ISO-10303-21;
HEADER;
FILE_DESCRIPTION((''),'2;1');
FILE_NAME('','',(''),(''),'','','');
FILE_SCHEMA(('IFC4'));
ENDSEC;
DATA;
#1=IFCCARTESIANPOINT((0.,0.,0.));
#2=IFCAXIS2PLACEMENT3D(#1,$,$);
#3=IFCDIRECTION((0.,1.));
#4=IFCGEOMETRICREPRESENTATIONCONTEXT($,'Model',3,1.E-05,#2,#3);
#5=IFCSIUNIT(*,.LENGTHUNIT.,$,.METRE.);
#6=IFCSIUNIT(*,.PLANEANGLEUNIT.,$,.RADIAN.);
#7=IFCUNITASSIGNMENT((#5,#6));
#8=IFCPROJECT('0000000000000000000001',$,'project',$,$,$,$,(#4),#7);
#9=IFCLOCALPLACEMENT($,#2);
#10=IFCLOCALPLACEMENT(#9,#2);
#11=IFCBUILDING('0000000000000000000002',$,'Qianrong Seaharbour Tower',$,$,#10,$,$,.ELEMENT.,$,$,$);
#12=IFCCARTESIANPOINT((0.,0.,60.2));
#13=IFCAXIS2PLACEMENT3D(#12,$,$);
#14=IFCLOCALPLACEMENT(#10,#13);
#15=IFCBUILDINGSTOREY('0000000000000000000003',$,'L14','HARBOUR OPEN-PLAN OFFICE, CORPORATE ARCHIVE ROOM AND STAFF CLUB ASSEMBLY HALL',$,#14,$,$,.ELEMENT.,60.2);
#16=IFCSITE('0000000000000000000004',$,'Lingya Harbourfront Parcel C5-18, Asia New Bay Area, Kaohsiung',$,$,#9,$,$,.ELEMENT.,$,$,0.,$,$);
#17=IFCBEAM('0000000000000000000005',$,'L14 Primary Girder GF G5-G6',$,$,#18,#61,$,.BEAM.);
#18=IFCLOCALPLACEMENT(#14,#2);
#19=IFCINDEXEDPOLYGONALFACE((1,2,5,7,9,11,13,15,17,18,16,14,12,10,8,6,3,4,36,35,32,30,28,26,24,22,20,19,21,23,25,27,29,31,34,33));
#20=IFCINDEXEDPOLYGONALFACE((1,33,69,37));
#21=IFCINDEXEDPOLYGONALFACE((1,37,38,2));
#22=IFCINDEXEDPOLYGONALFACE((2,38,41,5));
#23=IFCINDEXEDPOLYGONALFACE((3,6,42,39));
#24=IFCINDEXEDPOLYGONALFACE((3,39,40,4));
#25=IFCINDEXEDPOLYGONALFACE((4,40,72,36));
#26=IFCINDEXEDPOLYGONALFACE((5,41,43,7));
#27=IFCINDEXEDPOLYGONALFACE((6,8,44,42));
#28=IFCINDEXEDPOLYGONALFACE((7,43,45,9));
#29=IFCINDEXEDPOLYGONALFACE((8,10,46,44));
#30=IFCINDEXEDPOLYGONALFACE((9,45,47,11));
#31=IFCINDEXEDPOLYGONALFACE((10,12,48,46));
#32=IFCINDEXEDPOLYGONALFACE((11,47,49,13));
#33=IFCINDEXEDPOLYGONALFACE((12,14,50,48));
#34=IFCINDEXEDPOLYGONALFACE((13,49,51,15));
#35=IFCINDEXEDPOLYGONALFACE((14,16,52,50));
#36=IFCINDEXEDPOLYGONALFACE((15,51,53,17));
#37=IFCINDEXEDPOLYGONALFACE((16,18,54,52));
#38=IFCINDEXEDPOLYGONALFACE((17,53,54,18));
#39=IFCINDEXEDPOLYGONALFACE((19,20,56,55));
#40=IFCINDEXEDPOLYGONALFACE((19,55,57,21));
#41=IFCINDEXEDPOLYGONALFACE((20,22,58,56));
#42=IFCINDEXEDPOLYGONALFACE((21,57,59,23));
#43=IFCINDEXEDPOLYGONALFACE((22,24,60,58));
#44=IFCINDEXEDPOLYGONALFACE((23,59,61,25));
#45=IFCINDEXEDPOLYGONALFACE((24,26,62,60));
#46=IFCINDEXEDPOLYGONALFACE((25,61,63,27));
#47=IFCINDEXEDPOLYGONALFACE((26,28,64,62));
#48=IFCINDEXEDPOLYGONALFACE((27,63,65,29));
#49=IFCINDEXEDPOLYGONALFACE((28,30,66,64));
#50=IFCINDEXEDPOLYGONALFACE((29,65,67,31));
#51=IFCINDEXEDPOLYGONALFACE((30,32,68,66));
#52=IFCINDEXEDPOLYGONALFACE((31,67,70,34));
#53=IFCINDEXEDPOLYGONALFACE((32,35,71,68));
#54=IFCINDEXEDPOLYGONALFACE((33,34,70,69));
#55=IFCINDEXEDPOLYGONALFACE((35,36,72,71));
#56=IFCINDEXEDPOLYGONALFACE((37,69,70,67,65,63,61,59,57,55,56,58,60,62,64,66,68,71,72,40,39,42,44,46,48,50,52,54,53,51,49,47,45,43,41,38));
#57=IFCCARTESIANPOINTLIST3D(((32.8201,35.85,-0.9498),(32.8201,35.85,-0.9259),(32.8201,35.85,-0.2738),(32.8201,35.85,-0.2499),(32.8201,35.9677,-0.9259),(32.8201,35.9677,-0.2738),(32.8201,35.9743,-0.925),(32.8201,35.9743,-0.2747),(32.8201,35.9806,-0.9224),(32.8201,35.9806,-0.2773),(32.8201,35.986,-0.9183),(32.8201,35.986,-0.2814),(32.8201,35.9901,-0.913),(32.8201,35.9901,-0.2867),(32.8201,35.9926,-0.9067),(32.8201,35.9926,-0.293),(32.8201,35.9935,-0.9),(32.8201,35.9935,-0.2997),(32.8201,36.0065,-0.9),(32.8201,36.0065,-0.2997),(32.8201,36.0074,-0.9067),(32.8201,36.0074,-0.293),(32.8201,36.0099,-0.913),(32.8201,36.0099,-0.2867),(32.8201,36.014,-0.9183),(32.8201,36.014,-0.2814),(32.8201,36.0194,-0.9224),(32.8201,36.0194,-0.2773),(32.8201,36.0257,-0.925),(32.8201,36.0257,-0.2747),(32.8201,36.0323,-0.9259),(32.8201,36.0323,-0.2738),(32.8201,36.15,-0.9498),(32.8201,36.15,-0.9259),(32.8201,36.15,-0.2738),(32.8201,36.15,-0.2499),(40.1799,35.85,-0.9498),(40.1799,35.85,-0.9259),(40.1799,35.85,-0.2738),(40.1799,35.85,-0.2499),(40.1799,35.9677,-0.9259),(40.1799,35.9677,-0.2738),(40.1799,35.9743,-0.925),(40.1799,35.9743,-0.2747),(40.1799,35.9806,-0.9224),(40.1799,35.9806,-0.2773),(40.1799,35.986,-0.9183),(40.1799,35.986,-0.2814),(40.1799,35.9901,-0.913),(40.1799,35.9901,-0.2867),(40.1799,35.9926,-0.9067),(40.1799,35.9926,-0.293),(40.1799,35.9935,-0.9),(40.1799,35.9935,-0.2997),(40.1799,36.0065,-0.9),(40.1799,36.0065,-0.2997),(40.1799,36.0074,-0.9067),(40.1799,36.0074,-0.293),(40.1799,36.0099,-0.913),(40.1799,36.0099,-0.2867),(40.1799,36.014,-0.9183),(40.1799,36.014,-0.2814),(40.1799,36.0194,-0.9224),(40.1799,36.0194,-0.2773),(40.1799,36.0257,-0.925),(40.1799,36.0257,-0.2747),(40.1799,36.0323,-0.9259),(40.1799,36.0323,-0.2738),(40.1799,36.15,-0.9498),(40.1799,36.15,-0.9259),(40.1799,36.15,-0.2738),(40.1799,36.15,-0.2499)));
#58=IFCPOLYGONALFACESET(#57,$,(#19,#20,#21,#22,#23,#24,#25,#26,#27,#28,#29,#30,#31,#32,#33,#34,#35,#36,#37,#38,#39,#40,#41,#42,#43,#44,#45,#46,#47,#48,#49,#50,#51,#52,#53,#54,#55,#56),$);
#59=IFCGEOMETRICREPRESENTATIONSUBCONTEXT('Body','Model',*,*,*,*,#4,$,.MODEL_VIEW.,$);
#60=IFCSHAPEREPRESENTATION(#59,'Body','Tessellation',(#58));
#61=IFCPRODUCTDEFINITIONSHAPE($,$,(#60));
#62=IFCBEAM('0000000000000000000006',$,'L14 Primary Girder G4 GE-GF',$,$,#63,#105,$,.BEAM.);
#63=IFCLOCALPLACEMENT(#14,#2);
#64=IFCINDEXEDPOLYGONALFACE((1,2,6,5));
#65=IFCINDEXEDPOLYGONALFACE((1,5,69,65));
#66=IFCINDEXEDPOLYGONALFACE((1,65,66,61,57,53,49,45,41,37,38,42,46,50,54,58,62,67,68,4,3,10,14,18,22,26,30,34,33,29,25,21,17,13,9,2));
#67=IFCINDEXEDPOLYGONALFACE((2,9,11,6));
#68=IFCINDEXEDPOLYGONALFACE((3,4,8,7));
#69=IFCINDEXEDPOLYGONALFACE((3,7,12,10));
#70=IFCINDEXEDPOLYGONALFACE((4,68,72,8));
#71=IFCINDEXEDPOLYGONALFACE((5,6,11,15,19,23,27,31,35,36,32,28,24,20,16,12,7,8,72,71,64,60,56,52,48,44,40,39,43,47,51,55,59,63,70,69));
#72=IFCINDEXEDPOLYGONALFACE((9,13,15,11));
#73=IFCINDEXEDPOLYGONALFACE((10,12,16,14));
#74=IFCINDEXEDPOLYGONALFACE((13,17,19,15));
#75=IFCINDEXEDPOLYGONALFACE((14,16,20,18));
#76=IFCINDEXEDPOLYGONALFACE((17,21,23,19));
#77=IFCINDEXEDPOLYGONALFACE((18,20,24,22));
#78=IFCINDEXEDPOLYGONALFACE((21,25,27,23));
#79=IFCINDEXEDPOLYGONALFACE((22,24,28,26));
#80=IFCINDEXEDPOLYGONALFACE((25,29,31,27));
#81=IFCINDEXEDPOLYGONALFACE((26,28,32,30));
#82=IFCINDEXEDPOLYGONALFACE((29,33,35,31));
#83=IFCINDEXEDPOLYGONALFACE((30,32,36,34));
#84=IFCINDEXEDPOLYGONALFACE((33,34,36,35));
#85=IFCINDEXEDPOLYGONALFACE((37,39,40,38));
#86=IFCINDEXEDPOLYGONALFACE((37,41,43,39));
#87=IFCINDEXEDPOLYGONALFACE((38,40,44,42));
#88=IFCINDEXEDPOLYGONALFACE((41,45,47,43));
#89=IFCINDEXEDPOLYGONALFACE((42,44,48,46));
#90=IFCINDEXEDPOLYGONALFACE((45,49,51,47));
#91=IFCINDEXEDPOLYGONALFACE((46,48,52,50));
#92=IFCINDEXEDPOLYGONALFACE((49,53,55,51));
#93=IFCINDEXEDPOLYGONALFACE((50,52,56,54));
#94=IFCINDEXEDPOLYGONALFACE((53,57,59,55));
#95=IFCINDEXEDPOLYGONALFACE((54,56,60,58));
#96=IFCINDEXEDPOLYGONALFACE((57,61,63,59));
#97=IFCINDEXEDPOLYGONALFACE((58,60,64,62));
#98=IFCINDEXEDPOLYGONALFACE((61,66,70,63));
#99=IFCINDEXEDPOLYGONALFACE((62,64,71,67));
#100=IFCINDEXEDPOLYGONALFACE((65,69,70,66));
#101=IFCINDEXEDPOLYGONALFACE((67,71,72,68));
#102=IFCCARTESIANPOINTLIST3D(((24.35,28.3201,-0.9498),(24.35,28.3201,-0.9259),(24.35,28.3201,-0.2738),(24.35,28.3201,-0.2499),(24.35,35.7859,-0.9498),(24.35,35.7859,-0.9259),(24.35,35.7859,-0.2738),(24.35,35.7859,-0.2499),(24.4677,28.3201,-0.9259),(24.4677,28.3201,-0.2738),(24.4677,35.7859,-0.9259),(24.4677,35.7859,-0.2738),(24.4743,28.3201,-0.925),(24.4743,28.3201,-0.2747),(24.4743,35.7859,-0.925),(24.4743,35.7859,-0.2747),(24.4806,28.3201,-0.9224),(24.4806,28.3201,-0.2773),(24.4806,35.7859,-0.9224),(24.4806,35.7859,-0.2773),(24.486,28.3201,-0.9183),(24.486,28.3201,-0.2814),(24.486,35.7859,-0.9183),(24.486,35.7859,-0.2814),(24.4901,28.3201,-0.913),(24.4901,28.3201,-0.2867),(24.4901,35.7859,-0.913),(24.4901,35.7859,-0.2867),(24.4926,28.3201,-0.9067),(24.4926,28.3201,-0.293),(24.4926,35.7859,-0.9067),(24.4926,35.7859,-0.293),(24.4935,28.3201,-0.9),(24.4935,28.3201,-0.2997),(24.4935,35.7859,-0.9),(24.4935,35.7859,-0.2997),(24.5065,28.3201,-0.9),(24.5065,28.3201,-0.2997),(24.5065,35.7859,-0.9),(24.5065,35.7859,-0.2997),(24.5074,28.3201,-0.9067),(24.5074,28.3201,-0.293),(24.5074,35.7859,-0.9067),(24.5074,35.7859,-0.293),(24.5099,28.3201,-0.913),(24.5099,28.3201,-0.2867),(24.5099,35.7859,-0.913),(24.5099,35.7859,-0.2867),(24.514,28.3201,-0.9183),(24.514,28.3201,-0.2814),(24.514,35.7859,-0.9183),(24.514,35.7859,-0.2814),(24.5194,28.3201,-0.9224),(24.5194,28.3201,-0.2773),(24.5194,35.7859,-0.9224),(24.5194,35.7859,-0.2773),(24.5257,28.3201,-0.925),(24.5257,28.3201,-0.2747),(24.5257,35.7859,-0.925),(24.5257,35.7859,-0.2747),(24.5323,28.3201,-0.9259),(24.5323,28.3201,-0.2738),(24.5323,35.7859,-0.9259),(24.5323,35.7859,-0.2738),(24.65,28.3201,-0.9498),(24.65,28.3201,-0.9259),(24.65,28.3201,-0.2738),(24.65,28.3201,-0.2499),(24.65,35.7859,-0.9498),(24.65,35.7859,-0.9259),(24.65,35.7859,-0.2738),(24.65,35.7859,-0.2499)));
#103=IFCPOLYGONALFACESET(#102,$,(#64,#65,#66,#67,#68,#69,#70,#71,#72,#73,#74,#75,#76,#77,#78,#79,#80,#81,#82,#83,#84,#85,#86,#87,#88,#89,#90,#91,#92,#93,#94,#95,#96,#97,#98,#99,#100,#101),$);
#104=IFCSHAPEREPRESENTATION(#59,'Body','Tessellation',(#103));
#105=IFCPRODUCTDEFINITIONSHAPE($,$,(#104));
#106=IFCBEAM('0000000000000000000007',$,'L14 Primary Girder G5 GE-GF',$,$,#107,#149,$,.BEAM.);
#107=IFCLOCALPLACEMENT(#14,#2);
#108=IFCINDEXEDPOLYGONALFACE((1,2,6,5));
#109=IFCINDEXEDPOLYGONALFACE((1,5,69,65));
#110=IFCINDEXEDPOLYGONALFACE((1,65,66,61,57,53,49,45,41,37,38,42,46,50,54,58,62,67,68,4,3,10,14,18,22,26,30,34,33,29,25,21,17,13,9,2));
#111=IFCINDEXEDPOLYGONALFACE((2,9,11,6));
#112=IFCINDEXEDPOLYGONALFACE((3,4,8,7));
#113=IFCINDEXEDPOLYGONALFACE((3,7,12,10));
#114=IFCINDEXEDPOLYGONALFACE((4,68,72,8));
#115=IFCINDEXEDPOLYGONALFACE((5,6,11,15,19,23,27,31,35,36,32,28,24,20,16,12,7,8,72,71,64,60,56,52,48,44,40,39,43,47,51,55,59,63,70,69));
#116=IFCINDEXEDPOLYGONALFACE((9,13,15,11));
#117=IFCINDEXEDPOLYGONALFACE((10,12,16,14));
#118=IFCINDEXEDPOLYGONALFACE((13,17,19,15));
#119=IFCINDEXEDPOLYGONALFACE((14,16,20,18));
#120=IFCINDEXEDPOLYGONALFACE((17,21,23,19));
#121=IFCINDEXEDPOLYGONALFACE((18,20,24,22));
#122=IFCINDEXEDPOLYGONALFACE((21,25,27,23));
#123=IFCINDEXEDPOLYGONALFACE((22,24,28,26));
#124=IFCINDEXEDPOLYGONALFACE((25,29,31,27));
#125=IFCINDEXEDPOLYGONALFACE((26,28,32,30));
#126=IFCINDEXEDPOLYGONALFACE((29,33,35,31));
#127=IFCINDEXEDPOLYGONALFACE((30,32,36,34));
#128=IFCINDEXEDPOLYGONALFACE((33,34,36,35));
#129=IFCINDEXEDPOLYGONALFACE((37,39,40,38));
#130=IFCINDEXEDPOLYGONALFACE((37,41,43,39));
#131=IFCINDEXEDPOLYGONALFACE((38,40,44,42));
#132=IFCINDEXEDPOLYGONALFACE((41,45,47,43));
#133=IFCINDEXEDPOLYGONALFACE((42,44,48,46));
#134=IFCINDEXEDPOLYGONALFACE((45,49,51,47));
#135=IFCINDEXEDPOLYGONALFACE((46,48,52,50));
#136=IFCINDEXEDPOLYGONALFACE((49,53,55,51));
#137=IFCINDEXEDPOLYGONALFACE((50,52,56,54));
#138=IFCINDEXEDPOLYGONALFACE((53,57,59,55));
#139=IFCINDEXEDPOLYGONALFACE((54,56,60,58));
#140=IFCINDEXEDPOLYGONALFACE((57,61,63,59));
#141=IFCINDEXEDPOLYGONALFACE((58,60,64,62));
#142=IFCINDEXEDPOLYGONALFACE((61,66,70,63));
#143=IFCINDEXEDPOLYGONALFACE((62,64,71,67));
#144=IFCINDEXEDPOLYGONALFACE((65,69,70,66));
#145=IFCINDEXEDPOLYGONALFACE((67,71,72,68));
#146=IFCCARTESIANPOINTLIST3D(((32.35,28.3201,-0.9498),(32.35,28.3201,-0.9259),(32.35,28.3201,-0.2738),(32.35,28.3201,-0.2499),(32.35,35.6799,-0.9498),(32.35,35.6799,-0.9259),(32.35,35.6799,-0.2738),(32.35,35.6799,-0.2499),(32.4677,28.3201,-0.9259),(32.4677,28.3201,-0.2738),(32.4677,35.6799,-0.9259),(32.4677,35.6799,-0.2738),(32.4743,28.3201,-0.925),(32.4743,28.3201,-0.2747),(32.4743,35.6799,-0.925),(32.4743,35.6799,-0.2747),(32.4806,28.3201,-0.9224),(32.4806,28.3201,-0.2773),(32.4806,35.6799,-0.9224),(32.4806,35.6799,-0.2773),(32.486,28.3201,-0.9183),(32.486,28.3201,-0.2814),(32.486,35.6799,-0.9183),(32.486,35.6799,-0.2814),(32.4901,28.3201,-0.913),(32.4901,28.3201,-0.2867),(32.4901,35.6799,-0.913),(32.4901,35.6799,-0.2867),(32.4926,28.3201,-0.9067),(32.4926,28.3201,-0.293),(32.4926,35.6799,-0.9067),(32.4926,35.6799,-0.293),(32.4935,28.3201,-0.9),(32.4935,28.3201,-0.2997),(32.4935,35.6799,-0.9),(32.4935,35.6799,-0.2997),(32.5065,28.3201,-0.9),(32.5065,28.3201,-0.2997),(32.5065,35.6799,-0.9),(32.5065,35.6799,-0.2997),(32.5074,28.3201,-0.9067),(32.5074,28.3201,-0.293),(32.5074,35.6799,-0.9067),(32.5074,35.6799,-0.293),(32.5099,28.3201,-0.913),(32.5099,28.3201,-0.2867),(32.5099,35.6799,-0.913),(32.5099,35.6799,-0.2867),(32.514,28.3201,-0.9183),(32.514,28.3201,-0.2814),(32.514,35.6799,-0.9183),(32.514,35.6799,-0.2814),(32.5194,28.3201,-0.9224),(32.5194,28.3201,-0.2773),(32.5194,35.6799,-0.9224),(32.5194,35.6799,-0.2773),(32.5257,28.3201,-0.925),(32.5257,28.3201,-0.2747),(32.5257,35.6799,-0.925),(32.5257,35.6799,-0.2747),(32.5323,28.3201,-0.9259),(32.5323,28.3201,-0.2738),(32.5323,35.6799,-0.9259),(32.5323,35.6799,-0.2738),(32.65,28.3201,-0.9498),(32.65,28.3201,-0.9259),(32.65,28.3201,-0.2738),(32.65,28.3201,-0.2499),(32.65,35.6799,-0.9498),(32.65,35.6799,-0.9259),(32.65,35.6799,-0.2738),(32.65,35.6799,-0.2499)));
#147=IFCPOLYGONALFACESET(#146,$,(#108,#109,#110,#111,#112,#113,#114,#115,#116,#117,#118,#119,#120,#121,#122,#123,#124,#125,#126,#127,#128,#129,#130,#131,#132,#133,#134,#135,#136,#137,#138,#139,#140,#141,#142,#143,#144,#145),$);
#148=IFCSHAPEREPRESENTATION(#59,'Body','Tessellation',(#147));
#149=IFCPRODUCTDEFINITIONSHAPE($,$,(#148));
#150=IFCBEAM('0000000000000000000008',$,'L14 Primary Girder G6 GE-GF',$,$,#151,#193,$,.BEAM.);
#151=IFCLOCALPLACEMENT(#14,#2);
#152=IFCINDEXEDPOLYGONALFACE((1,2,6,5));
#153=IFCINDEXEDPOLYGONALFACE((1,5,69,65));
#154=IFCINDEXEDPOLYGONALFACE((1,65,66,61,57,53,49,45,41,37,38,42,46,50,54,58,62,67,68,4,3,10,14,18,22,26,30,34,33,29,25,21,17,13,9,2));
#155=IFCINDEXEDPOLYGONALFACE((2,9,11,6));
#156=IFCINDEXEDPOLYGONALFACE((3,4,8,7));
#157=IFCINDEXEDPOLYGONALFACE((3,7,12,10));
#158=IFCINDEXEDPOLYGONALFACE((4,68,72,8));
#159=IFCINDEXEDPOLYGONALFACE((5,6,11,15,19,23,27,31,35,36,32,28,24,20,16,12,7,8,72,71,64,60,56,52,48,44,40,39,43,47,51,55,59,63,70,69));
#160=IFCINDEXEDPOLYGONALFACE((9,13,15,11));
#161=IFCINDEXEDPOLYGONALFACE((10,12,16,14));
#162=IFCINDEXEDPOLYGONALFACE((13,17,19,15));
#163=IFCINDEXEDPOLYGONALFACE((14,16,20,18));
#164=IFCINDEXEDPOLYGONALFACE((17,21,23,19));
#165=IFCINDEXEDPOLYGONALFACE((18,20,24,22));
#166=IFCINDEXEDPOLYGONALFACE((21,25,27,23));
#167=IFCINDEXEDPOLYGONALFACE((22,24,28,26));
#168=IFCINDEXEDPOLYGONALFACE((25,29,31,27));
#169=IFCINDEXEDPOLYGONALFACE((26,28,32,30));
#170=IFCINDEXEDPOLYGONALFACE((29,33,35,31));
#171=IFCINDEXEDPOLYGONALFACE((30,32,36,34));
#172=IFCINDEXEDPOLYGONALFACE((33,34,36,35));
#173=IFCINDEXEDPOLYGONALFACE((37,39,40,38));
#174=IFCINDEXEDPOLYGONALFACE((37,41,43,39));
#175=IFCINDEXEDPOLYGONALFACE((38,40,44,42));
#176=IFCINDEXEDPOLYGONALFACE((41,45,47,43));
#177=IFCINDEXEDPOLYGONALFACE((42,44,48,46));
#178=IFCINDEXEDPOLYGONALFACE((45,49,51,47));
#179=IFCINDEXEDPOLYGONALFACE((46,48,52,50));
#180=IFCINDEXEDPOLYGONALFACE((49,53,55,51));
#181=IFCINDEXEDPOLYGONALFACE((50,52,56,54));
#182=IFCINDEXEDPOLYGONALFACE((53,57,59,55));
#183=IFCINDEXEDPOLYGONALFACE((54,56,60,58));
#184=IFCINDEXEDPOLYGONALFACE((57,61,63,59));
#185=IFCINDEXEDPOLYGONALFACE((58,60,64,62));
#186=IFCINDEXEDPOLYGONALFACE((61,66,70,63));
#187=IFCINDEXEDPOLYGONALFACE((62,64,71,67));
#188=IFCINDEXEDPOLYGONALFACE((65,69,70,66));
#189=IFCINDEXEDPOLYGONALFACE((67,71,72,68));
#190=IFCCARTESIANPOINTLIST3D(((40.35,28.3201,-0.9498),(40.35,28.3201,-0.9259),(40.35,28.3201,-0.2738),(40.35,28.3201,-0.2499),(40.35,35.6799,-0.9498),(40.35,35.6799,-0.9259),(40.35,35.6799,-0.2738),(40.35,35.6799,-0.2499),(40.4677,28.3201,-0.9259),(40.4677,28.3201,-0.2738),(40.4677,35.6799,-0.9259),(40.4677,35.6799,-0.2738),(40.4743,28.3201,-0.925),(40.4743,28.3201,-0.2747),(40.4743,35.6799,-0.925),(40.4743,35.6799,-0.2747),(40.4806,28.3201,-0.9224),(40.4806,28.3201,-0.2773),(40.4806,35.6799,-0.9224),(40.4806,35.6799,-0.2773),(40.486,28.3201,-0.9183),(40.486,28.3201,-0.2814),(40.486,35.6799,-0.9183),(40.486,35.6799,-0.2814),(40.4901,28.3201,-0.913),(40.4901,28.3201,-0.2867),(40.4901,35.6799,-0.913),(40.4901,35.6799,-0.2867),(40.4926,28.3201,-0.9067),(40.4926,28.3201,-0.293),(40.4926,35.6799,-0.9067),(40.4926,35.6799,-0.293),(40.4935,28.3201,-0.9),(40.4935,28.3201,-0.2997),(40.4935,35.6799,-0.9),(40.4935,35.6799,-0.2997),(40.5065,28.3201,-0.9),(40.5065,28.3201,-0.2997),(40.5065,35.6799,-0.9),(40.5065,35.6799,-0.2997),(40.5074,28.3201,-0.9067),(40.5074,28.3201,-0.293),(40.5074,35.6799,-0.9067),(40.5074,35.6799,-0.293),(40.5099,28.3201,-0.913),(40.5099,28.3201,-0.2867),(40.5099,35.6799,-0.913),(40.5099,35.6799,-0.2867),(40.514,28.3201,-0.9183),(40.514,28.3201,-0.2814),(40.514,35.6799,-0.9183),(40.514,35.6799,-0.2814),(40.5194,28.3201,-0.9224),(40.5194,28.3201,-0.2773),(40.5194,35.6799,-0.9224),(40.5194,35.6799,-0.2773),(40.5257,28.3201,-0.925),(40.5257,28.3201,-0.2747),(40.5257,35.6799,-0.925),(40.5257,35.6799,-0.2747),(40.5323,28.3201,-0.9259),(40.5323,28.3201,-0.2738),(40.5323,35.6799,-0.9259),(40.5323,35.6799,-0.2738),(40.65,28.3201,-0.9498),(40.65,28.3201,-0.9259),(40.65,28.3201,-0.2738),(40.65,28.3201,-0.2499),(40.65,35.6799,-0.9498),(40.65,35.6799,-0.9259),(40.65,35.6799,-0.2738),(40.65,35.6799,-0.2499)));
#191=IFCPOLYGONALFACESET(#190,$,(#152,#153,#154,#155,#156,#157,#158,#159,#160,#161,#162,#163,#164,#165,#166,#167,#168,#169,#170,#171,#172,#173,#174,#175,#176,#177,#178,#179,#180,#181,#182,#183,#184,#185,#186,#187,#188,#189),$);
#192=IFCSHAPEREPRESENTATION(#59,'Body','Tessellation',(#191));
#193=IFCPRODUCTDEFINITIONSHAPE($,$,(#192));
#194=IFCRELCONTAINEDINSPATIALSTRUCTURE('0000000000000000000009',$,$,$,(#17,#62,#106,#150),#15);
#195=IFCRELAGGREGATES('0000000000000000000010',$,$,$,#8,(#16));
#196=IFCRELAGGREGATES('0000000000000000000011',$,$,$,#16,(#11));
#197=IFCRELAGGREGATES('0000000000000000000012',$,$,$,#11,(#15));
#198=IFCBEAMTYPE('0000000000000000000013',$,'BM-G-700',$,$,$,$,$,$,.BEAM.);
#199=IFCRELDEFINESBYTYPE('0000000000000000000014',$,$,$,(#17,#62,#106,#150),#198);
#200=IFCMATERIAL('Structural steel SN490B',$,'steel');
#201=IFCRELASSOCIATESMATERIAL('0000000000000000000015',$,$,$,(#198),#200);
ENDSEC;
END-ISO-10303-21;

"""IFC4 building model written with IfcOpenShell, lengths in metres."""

from ifc_helpers import new_model, si_unit, direction, frame, origin, origin_2d, place, context, subcontext, project, spatial, i_section, extrude, material, material_profile, profile_set, type_object, element, save


model = new_model("IFC4")

# Units and contexts
model_context = context("Model", 3, precision=1e-05, world=origin(), true_north=direction((0.0, 1.0)))
body_context = subcontext(model_context, "Body", "Model", "MODEL_VIEW")
ifc_project = project(units=[si_unit("LENGTHUNIT", "METRE"), si_unit("PLANEANGLEUNIT", "RADIAN")], contexts=[model_context])

# Site, building, storey
site_placement = place(None, origin())
site = spatial("IfcSite", under=ifc_project, at=site_placement, Name="Lingya Harbourfront Parcel C5-18, Asia New Bay Area, Kaohsiung", CompositionType="ELEMENT", RefElevation=0.0)
building_placement = place(site_placement, origin())
building = spatial("IfcBuilding", under=site, at=building_placement, Name="Qianrong Seaharbour Tower", CompositionType="ELEMENT")
storey_placement = place(building_placement, frame((0.0, 0.0, 60.2)))
storey = spatial("IfcBuildingStorey", under=building, at=storey_placement, Name="L14", Description="HARBOUR OPEN-PLAN OFFICE, CORPORATE ARCHIVE ROOM AND STAFF CLUB ASSEMBLY HALL", CompositionType="ELEMENT", Elevation=60.2)

# Shared definitions
ifc_material_1 = material(Name="Structural steel SN490B", Category="steel")

# Beams
ifc_material_profile_1 = material_profile(ifc_material_1, i_section(OverallWidth=0.3, OverallDepth=0.7, WebThickness=0.0129, FlangeThickness=0.0239, FilletRadius=0.0259, at=origin_2d()), Name="H700x300x13x24")
ifc_profile_set_1 = profile_set([ifc_material_profile_1], Name="Structural steel SN490B")
beam_type_1 = type_object("IfcBeamType", Name="BM-G-700", PredefinedType="BEAM", material=ifc_profile_set_1)
beam_1_placement = place(storey_placement, frame((32.8201, 36.0, -0.5999), z_axis=(1.0, 0.0, 0.0), x_axis=(0.0, 1.0, 0.0)))
element("IfcBeam", 1, at=beam_1_placement, inside=storey, type_object=beam_type_1, Name="L14 Primary Girder GF G5-G6", PredefinedType="BEAM", context=body_context, shape_type="SweptSolid", body=[
    extrude(i_section(OverallWidth=0.3, OverallDepth=0.7, WebThickness=0.0129, FlangeThickness=0.0239, FilletRadius=0.0259, at=origin_2d()), origin(), (0.0, 0.0, 1.0), 7.3599),
])
beam_2_placement = place(storey_placement, frame((24.5, 28.3201, -0.5999), z_axis=(0.0, 1.0, 0.0), x_axis=(-1.0, 0.0, 0.0)))
element("IfcBeam", 2, at=beam_2_placement, inside=storey, type_object=beam_type_1, Name="L14 Primary Girder G4 GE-GF", PredefinedType="BEAM", context=body_context, shape_type="SweptSolid", body=[
    extrude(i_section(OverallWidth=0.3, OverallDepth=0.7, WebThickness=0.0129, FlangeThickness=0.0239, FilletRadius=0.0259, at=origin_2d()), origin(), (0.0, 0.0, 1.0), 7.4658),
])
for number, where, z_axis, x_axis, name in (
    (3, (32.5, 28.3201, -0.5999), (0.0, 1.0, 0.0), (-1.0, 0.0, 0.0), "L14 Primary Girder G5 GE-GF"),
    (4, (40.5, 28.3201, -0.5999), (0.0, 1.0, 0.0), (-1.0, 0.0, 0.0), "L14 Primary Girder G6 GE-GF"),
):
    element("IfcBeam", number, at=place(storey_placement, frame(where, z_axis=z_axis, x_axis=x_axis)), inside=storey, type_object=beam_type_1, Name=name, PredefinedType="BEAM", context=body_context, shape_type="SweptSolid", body=[
        extrude(i_section(OverallWidth=0.3, OverallDepth=0.7, WebThickness=0.0129, FlangeThickness=0.0239, FilletRadius=0.0259, at=origin_2d()), origin(), (0.0, 0.0, 1.0), 7.3599),
    ])

save(model, "model.ifc")
